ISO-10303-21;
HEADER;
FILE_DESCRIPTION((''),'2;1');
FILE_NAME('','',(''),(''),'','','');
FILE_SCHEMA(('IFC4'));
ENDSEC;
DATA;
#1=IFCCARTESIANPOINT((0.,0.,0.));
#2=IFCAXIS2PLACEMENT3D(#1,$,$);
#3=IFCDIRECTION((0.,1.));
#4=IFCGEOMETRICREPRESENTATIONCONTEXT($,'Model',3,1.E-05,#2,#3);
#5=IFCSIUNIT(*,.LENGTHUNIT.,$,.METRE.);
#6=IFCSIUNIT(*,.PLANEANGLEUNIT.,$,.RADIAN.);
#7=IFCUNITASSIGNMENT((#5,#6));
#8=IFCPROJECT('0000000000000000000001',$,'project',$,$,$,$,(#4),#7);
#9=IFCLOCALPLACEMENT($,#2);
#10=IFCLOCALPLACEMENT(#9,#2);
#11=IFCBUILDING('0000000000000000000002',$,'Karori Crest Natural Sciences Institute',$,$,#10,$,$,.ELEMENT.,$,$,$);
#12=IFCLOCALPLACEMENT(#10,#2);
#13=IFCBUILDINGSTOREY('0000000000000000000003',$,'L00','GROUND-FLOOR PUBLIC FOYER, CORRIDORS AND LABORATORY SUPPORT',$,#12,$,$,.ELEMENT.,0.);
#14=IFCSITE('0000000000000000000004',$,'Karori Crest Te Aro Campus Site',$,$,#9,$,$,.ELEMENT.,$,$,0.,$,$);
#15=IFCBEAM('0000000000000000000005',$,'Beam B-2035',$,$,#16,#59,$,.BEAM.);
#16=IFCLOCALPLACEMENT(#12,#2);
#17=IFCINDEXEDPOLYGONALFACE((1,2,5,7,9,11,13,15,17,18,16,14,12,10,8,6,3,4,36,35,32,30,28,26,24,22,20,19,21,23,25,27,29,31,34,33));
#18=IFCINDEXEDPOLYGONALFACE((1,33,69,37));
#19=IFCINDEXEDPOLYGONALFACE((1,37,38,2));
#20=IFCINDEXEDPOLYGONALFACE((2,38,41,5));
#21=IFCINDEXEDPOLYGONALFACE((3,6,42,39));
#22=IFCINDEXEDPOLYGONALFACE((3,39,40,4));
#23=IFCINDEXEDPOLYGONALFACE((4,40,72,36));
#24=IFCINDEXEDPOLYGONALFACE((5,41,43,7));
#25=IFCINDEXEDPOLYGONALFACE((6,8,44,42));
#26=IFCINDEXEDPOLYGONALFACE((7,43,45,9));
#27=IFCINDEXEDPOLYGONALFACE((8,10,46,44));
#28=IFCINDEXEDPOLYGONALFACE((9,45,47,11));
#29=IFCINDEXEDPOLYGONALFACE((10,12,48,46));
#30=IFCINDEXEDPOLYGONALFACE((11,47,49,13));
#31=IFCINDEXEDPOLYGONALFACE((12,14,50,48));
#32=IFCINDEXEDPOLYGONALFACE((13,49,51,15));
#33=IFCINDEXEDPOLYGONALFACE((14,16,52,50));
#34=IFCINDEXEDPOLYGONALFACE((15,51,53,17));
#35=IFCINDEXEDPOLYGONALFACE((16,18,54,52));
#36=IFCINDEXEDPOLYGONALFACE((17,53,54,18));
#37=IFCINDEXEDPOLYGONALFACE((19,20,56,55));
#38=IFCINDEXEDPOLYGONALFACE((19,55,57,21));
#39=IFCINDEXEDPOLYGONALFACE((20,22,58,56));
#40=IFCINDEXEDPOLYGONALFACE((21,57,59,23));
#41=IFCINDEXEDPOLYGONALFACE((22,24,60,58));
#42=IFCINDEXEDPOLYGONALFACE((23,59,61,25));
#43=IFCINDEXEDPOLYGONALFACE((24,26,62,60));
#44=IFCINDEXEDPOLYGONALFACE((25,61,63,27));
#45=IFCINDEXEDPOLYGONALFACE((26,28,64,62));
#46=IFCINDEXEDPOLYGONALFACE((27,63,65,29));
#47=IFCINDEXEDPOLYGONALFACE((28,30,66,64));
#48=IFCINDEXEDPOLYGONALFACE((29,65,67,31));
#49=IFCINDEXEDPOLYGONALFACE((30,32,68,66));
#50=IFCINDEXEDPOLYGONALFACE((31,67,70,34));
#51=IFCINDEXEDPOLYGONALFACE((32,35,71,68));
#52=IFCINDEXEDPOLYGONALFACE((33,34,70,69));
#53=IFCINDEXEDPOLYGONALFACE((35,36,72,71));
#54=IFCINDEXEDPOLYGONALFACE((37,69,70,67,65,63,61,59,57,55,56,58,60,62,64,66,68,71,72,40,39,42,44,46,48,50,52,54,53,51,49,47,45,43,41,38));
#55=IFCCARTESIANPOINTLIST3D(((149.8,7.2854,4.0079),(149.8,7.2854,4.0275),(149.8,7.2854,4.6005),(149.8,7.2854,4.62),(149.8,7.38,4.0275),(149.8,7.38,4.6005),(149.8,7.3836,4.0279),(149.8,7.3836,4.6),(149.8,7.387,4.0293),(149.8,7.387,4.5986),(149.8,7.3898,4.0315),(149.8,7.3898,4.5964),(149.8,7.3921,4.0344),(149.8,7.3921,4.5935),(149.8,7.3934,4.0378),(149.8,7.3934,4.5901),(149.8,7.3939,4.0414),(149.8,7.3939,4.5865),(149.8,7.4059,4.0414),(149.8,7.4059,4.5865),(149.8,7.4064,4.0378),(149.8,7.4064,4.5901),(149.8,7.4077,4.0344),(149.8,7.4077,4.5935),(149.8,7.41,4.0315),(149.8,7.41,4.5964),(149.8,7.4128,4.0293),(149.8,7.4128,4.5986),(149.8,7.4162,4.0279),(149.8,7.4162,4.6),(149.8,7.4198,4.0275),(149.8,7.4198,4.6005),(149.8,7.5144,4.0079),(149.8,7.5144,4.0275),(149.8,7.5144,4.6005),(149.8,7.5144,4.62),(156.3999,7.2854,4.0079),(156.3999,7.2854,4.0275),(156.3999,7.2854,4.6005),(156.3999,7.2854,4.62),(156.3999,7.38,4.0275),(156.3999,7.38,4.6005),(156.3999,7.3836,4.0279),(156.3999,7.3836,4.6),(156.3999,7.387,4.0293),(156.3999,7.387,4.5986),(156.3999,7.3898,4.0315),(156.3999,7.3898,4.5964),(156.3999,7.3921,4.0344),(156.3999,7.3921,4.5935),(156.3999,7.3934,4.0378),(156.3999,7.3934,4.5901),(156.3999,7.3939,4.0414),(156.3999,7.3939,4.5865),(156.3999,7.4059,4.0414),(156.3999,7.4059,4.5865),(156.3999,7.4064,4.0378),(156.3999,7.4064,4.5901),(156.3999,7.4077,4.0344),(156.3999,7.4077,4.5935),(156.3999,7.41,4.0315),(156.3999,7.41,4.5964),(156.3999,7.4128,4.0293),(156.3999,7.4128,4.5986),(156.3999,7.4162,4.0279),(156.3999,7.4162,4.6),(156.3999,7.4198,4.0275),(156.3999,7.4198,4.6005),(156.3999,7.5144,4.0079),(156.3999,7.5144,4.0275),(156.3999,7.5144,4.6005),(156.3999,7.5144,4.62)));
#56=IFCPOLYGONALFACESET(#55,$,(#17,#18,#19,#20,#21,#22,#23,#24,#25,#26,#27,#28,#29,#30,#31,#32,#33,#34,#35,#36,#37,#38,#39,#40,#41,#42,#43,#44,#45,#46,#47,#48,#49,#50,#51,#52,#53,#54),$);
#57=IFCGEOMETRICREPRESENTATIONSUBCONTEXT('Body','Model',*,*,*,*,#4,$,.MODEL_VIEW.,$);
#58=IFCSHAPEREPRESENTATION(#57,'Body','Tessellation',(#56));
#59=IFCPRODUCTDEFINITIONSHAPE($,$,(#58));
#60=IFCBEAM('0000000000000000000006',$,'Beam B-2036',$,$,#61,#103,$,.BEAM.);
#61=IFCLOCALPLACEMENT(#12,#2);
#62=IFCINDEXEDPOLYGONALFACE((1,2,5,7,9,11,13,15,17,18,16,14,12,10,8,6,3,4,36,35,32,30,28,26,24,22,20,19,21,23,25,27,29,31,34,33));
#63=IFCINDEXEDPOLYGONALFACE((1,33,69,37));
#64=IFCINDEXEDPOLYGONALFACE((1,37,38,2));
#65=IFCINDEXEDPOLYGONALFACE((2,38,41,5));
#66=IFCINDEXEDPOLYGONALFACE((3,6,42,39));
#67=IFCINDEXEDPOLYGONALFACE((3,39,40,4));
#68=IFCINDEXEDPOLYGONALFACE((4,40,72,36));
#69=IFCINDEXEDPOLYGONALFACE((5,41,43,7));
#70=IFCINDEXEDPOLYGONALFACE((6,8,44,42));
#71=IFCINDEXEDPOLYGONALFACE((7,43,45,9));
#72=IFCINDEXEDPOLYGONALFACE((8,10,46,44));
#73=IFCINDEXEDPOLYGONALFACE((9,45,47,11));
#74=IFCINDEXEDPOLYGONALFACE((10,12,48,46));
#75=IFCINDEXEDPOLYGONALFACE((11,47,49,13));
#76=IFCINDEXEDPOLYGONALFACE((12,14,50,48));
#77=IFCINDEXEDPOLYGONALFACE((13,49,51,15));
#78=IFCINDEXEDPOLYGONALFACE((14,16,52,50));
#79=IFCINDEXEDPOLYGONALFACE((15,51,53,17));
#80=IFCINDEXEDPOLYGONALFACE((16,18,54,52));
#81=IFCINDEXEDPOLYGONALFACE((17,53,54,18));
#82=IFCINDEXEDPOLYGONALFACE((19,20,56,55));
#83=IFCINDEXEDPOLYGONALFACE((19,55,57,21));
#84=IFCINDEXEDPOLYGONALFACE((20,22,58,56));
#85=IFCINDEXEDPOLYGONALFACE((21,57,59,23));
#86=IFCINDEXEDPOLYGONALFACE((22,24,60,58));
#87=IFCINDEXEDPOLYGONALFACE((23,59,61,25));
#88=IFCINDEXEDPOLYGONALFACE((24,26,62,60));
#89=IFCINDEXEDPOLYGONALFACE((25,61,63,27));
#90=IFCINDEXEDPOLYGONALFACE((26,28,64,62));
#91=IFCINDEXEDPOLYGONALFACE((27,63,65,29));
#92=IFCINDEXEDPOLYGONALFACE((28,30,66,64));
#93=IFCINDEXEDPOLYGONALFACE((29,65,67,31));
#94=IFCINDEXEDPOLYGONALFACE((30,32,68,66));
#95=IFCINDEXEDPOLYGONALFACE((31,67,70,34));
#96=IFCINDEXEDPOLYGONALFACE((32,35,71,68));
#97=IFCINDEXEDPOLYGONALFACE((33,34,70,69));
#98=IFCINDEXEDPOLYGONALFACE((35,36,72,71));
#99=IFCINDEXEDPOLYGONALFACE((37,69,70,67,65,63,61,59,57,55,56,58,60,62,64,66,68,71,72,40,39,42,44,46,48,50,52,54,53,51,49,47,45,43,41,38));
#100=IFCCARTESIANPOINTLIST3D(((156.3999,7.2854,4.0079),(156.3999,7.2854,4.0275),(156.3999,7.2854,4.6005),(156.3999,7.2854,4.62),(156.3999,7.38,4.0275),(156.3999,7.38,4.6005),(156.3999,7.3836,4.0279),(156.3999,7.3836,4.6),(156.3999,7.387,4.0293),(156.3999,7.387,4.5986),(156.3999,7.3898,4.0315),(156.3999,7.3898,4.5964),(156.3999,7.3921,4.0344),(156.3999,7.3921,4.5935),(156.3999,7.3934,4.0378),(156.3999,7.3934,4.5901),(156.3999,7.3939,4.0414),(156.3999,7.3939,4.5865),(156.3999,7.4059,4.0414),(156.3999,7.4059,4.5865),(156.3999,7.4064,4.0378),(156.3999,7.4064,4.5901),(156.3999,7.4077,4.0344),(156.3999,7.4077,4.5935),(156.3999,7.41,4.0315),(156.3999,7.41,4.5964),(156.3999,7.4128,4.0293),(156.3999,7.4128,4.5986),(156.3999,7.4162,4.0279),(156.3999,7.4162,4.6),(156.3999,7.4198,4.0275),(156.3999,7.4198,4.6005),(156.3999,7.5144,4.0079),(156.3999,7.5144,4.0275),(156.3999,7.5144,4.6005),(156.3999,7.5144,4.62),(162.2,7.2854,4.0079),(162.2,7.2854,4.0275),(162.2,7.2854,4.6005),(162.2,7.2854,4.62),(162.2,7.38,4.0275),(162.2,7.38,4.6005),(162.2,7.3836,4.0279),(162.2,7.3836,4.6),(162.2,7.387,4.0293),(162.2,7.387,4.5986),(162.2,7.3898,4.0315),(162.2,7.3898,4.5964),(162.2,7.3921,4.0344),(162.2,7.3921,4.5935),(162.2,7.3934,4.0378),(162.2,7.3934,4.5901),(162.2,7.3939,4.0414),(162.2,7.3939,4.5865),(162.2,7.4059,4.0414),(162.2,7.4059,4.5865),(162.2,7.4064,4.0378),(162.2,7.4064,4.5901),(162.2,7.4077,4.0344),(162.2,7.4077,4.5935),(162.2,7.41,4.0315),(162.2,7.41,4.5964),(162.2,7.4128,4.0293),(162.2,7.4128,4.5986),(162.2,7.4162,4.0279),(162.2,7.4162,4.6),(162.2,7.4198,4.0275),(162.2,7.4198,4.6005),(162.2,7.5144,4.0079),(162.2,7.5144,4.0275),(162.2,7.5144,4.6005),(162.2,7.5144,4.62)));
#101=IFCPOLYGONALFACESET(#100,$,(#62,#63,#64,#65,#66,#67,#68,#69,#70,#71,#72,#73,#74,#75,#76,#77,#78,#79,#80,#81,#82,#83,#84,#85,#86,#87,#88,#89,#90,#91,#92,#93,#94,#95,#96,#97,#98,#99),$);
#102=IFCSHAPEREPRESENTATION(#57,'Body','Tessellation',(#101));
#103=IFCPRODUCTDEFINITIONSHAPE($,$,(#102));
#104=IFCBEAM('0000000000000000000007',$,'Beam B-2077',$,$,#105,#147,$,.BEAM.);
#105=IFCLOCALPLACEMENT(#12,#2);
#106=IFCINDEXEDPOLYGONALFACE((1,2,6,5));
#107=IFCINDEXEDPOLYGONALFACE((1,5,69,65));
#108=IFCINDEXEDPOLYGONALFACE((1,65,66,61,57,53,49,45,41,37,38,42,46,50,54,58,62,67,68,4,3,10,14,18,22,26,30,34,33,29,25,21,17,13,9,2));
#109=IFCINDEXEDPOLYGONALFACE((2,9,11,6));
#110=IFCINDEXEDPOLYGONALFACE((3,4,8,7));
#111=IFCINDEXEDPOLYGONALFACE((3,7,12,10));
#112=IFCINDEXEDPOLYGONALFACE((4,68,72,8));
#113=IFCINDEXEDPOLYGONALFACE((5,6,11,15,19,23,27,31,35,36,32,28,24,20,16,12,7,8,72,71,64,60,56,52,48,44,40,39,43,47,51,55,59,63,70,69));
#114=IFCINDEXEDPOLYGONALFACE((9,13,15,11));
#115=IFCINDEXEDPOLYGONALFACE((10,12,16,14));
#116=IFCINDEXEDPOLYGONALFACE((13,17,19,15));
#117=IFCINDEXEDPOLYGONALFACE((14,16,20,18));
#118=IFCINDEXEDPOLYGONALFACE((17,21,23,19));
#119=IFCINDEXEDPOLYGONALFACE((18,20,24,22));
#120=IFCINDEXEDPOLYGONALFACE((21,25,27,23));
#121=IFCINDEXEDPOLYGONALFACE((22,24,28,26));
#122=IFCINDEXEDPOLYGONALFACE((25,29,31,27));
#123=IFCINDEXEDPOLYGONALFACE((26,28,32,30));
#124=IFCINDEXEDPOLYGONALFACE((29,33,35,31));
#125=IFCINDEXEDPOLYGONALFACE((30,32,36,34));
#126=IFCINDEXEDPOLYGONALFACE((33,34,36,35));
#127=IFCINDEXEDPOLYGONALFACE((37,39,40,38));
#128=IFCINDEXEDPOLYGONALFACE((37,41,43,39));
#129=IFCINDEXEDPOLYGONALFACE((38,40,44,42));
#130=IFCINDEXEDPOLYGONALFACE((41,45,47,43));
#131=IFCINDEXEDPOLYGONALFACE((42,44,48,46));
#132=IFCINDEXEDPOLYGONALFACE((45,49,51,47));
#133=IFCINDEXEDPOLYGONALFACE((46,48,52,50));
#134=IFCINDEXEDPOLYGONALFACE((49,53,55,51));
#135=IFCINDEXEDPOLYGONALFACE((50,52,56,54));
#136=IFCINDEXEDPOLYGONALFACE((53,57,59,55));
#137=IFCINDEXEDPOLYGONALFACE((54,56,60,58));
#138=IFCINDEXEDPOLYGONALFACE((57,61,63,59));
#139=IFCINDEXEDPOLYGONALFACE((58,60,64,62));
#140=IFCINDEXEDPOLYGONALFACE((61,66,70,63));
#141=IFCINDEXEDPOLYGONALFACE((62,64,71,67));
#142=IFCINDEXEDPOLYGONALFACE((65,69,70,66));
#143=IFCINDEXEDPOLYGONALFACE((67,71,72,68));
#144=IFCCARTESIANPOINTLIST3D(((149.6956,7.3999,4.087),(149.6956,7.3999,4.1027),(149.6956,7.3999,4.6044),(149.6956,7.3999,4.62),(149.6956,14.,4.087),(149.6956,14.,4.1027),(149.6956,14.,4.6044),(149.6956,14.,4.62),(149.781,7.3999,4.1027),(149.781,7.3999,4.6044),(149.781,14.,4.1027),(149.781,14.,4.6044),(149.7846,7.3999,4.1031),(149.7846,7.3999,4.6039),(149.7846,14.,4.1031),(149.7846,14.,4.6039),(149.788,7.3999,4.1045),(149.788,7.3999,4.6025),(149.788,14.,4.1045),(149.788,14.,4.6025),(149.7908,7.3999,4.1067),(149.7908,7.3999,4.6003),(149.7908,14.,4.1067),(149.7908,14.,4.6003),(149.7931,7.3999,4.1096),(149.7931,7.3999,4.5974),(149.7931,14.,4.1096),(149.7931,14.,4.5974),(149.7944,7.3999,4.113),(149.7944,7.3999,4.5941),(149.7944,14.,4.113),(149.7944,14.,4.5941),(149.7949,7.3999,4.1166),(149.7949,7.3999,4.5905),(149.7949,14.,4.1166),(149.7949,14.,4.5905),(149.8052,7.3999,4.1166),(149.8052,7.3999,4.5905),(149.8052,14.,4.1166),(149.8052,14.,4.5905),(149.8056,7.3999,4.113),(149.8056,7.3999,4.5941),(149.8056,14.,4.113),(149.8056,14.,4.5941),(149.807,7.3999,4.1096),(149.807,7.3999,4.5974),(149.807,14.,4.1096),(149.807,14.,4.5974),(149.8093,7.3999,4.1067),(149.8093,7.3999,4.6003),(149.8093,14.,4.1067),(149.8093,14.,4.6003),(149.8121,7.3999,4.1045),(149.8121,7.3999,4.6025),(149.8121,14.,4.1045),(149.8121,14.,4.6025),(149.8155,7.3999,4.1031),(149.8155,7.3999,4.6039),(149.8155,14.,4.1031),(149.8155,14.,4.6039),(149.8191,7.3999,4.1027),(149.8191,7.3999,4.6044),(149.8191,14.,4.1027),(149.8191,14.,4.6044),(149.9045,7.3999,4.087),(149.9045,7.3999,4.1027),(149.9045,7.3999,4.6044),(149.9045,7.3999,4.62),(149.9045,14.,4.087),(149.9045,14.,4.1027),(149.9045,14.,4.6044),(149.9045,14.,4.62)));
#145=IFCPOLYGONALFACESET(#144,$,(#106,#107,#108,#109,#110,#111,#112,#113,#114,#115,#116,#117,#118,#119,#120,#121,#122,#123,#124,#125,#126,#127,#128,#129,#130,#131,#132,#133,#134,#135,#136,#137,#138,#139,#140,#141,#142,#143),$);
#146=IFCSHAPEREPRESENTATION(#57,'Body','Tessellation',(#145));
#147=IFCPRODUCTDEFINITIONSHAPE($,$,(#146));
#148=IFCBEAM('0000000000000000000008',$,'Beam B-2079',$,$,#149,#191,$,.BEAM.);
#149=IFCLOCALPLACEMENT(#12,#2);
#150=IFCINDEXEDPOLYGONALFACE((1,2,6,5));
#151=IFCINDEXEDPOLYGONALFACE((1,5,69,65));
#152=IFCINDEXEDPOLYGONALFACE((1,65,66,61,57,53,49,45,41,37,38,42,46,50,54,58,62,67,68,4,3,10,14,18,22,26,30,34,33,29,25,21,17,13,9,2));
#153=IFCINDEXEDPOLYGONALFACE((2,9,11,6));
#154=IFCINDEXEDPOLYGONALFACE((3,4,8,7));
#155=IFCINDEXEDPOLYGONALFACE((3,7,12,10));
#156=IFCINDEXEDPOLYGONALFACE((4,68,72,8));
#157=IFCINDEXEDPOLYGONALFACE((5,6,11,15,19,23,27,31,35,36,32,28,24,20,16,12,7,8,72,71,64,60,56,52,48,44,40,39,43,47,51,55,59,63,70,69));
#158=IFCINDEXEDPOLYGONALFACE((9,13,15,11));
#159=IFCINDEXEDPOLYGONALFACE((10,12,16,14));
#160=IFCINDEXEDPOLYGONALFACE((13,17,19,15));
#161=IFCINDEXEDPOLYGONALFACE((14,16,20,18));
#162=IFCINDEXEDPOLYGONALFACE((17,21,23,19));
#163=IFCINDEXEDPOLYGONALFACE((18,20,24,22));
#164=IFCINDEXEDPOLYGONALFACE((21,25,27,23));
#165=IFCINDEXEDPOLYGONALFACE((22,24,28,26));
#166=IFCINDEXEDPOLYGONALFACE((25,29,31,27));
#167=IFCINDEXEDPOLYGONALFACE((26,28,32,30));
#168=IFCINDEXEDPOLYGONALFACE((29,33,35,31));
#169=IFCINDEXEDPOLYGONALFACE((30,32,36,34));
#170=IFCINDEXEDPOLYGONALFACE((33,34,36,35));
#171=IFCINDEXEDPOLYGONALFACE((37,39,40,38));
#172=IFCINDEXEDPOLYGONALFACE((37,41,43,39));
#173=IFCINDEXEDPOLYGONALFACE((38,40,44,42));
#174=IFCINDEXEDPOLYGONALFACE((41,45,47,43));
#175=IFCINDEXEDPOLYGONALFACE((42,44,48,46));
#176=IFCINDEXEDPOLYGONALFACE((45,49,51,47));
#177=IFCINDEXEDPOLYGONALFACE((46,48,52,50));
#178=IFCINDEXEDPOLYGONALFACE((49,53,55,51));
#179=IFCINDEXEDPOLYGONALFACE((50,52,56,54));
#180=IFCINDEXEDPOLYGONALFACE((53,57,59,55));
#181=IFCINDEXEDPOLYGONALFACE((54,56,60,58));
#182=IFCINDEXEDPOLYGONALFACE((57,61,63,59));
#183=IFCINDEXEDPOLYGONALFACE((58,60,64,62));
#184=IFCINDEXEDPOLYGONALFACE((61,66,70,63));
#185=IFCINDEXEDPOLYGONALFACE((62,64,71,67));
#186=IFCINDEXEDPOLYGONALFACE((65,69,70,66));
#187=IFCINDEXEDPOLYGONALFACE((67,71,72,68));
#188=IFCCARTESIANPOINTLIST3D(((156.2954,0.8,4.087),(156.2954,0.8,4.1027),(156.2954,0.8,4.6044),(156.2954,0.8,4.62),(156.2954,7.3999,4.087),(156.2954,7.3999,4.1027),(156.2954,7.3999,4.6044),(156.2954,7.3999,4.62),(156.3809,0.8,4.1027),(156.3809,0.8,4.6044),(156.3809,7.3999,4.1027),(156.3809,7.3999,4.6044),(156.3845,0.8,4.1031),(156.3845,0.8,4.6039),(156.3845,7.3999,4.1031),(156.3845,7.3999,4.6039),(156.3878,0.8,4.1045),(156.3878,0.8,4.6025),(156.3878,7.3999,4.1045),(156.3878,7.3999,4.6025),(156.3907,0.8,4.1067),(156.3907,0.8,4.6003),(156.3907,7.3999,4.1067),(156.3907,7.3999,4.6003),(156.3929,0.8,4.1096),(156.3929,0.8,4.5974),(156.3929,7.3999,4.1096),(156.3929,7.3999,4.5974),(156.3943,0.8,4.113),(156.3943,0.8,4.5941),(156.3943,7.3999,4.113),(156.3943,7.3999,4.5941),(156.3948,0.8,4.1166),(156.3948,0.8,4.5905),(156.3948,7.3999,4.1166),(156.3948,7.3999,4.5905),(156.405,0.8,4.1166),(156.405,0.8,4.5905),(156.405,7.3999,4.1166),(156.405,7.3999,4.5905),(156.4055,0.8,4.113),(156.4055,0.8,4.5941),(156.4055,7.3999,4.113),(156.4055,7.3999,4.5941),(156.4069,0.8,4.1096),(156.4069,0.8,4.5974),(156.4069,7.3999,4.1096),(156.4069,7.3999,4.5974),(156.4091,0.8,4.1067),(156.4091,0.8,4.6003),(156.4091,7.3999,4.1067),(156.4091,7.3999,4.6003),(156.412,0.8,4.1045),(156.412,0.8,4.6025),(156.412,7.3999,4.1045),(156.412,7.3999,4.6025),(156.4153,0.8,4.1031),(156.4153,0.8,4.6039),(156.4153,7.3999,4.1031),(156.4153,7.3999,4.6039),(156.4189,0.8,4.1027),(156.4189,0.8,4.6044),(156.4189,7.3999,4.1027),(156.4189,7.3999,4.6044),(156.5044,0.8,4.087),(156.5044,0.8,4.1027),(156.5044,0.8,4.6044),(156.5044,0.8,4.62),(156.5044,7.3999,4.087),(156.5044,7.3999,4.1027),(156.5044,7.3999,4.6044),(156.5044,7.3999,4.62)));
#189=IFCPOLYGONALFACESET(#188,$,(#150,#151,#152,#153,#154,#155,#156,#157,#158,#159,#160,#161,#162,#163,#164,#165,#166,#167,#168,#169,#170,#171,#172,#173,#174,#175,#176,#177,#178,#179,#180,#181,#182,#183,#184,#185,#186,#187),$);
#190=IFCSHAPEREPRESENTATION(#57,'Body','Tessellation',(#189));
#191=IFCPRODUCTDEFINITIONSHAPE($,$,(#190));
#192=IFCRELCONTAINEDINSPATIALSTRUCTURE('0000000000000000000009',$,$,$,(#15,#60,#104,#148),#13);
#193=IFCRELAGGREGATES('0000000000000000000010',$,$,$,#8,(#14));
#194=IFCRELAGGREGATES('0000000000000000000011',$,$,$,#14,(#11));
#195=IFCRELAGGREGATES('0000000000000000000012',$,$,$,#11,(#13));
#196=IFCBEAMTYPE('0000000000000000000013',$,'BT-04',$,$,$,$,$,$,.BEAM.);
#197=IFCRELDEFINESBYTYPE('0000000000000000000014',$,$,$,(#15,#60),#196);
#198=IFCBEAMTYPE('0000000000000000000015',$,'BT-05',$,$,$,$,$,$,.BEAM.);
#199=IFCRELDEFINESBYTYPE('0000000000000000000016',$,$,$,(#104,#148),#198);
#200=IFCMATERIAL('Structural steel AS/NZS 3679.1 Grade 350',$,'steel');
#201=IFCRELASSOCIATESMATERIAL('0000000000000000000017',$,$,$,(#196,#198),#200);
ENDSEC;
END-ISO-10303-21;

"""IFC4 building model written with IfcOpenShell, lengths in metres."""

from ifc_helpers import new_model, si_unit, direction, frame, origin, origin_2d, place, context, subcontext, project, spatial, i_section, extrude, material, material_profile, profile_set, type_object, element, save


model = new_model("IFC4")

# Units and contexts
model_context = context("Model", 3, precision=1e-05, world=origin(), true_north=direction((0.0, 1.0)))
body_context = subcontext(model_context, "Body", "Model", "MODEL_VIEW")
ifc_project = project(units=[si_unit("LENGTHUNIT", "METRE"), si_unit("PLANEANGLEUNIT", "RADIAN")], contexts=[model_context])

# Site, building, storey
site_placement = place(None, origin())
site = spatial("IfcSite", under=ifc_project, at=site_placement, Name="Karori Crest Te Aro Campus Site", CompositionType="ELEMENT", RefElevation=0.0)
building_placement = place(site_placement, origin())
building = spatial("IfcBuilding", under=site, at=building_placement, Name="Karori Crest Natural Sciences Institute", CompositionType="ELEMENT")
storey_placement = place(building_placement, origin())
storey = spatial("IfcBuildingStorey", under=building, at=storey_placement, Name="L00", Description="GROUND-FLOOR PUBLIC FOYER, CORRIDORS AND LABORATORY SUPPORT", CompositionType="ELEMENT", Elevation=0.0)

# Shared definitions
ifc_material_1 = material(Name="Structural steel AS/NZS 3679.1 Grade 350", Category="steel")

# Beams
ifc_material_profile_1 = material_profile(ifc_material_1, i_section(OverallWidth=0.229, OverallDepth=0.6121, WebThickness=0.012, FlangeThickness=0.0195, FilletRadius=0.0139, at=origin_2d()), Name="610UB125")
ifc_profile_set_1 = profile_set([ifc_material_profile_1], Name="Structural steel AS/NZS 3679.1 Grade 350")
beam_type_1 = type_object("IfcBeamType", Name="BT-04", PredefinedType="BEAM", material=ifc_profile_set_1)
beam_1_placement = place(storey_placement, frame((149.8, 7.3999, 4.314), z_axis=(1.0, 0.0, 0.0), x_axis=(0.0, 1.0, 0.0)))
element("IfcBeam", 1, at=beam_1_placement, inside=storey, type_object=beam_type_1, Name="Beam B-2035", PredefinedType="BEAM", context=body_context, shape_type="SweptSolid", body=[
    extrude(i_section(OverallWidth=0.229, OverallDepth=0.6121, WebThickness=0.012, FlangeThickness=0.0195, FilletRadius=0.0139, at=origin_2d()), origin(), (0.0, 0.0, 1.0), 6.5999),
])
beam_2_placement = place(storey_placement, frame((156.3999, 7.3999, 4.314), z_axis=(1.0, 0.0, 0.0), x_axis=(0.0, 1.0, 0.0)))
element("IfcBeam", 2, at=beam_2_placement, inside=storey, type_object=beam_type_1, Name="Beam B-2036", PredefinedType="BEAM", context=body_context, shape_type="SweptSolid", body=[
    extrude(i_section(OverallWidth=0.229, OverallDepth=0.6121, WebThickness=0.012, FlangeThickness=0.0195, FilletRadius=0.0139, at=origin_2d()), origin(), (0.0, 0.0, 1.0), 5.8),
])
ifc_material_profile_2 = material_profile(ifc_material_1, i_section(OverallWidth=0.209, OverallDepth=0.533, WebThickness=0.0103, FlangeThickness=0.0156, FilletRadius=0.0139, at=origin_2d()), Name="530UB92.4")
ifc_profile_set_2 = profile_set([ifc_material_profile_2], Name="Structural steel AS/NZS 3679.1 Grade 350")
beam_type_2 = type_object("IfcBeamType", Name="BT-05", PredefinedType="BEAM", material=ifc_profile_set_2)
beam_3_placement = place(storey_placement, frame((149.8, 7.3999, 4.3535), z_axis=(0.0, 1.0, 0.0), x_axis=(-1.0, 0.0, 0.0)))
element("IfcBeam", 3, at=beam_3_placement, inside=storey, type_object=beam_type_2, Name="Beam B-2077", PredefinedType="BEAM", context=body_context, shape_type="SweptSolid", body=[
    extrude(i_section(OverallWidth=0.209, OverallDepth=0.533, WebThickness=0.0103, FlangeThickness=0.0156, FilletRadius=0.0139, at=origin_2d()), origin(), (0.0, 0.0, 1.0), 6.6001),
])
beam_4_placement = place(storey_placement, frame((156.3999, 0.8, 4.3535), z_axis=(0.0, 1.0, 0.0), x_axis=(-1.0, 0.0, 0.0)))
element("IfcBeam", 4, at=beam_4_placement, inside=storey, type_object=beam_type_2, Name="Beam B-2079", PredefinedType="BEAM", context=body_context, shape_type="SweptSolid", body=[
    extrude(i_section(OverallWidth=0.209, OverallDepth=0.533, WebThickness=0.0103, FlangeThickness=0.0156, FilletRadius=0.0139, at=origin_2d()), origin(), (0.0, 0.0, 1.0), 6.5999),
])

save(model, "model.ifc")
